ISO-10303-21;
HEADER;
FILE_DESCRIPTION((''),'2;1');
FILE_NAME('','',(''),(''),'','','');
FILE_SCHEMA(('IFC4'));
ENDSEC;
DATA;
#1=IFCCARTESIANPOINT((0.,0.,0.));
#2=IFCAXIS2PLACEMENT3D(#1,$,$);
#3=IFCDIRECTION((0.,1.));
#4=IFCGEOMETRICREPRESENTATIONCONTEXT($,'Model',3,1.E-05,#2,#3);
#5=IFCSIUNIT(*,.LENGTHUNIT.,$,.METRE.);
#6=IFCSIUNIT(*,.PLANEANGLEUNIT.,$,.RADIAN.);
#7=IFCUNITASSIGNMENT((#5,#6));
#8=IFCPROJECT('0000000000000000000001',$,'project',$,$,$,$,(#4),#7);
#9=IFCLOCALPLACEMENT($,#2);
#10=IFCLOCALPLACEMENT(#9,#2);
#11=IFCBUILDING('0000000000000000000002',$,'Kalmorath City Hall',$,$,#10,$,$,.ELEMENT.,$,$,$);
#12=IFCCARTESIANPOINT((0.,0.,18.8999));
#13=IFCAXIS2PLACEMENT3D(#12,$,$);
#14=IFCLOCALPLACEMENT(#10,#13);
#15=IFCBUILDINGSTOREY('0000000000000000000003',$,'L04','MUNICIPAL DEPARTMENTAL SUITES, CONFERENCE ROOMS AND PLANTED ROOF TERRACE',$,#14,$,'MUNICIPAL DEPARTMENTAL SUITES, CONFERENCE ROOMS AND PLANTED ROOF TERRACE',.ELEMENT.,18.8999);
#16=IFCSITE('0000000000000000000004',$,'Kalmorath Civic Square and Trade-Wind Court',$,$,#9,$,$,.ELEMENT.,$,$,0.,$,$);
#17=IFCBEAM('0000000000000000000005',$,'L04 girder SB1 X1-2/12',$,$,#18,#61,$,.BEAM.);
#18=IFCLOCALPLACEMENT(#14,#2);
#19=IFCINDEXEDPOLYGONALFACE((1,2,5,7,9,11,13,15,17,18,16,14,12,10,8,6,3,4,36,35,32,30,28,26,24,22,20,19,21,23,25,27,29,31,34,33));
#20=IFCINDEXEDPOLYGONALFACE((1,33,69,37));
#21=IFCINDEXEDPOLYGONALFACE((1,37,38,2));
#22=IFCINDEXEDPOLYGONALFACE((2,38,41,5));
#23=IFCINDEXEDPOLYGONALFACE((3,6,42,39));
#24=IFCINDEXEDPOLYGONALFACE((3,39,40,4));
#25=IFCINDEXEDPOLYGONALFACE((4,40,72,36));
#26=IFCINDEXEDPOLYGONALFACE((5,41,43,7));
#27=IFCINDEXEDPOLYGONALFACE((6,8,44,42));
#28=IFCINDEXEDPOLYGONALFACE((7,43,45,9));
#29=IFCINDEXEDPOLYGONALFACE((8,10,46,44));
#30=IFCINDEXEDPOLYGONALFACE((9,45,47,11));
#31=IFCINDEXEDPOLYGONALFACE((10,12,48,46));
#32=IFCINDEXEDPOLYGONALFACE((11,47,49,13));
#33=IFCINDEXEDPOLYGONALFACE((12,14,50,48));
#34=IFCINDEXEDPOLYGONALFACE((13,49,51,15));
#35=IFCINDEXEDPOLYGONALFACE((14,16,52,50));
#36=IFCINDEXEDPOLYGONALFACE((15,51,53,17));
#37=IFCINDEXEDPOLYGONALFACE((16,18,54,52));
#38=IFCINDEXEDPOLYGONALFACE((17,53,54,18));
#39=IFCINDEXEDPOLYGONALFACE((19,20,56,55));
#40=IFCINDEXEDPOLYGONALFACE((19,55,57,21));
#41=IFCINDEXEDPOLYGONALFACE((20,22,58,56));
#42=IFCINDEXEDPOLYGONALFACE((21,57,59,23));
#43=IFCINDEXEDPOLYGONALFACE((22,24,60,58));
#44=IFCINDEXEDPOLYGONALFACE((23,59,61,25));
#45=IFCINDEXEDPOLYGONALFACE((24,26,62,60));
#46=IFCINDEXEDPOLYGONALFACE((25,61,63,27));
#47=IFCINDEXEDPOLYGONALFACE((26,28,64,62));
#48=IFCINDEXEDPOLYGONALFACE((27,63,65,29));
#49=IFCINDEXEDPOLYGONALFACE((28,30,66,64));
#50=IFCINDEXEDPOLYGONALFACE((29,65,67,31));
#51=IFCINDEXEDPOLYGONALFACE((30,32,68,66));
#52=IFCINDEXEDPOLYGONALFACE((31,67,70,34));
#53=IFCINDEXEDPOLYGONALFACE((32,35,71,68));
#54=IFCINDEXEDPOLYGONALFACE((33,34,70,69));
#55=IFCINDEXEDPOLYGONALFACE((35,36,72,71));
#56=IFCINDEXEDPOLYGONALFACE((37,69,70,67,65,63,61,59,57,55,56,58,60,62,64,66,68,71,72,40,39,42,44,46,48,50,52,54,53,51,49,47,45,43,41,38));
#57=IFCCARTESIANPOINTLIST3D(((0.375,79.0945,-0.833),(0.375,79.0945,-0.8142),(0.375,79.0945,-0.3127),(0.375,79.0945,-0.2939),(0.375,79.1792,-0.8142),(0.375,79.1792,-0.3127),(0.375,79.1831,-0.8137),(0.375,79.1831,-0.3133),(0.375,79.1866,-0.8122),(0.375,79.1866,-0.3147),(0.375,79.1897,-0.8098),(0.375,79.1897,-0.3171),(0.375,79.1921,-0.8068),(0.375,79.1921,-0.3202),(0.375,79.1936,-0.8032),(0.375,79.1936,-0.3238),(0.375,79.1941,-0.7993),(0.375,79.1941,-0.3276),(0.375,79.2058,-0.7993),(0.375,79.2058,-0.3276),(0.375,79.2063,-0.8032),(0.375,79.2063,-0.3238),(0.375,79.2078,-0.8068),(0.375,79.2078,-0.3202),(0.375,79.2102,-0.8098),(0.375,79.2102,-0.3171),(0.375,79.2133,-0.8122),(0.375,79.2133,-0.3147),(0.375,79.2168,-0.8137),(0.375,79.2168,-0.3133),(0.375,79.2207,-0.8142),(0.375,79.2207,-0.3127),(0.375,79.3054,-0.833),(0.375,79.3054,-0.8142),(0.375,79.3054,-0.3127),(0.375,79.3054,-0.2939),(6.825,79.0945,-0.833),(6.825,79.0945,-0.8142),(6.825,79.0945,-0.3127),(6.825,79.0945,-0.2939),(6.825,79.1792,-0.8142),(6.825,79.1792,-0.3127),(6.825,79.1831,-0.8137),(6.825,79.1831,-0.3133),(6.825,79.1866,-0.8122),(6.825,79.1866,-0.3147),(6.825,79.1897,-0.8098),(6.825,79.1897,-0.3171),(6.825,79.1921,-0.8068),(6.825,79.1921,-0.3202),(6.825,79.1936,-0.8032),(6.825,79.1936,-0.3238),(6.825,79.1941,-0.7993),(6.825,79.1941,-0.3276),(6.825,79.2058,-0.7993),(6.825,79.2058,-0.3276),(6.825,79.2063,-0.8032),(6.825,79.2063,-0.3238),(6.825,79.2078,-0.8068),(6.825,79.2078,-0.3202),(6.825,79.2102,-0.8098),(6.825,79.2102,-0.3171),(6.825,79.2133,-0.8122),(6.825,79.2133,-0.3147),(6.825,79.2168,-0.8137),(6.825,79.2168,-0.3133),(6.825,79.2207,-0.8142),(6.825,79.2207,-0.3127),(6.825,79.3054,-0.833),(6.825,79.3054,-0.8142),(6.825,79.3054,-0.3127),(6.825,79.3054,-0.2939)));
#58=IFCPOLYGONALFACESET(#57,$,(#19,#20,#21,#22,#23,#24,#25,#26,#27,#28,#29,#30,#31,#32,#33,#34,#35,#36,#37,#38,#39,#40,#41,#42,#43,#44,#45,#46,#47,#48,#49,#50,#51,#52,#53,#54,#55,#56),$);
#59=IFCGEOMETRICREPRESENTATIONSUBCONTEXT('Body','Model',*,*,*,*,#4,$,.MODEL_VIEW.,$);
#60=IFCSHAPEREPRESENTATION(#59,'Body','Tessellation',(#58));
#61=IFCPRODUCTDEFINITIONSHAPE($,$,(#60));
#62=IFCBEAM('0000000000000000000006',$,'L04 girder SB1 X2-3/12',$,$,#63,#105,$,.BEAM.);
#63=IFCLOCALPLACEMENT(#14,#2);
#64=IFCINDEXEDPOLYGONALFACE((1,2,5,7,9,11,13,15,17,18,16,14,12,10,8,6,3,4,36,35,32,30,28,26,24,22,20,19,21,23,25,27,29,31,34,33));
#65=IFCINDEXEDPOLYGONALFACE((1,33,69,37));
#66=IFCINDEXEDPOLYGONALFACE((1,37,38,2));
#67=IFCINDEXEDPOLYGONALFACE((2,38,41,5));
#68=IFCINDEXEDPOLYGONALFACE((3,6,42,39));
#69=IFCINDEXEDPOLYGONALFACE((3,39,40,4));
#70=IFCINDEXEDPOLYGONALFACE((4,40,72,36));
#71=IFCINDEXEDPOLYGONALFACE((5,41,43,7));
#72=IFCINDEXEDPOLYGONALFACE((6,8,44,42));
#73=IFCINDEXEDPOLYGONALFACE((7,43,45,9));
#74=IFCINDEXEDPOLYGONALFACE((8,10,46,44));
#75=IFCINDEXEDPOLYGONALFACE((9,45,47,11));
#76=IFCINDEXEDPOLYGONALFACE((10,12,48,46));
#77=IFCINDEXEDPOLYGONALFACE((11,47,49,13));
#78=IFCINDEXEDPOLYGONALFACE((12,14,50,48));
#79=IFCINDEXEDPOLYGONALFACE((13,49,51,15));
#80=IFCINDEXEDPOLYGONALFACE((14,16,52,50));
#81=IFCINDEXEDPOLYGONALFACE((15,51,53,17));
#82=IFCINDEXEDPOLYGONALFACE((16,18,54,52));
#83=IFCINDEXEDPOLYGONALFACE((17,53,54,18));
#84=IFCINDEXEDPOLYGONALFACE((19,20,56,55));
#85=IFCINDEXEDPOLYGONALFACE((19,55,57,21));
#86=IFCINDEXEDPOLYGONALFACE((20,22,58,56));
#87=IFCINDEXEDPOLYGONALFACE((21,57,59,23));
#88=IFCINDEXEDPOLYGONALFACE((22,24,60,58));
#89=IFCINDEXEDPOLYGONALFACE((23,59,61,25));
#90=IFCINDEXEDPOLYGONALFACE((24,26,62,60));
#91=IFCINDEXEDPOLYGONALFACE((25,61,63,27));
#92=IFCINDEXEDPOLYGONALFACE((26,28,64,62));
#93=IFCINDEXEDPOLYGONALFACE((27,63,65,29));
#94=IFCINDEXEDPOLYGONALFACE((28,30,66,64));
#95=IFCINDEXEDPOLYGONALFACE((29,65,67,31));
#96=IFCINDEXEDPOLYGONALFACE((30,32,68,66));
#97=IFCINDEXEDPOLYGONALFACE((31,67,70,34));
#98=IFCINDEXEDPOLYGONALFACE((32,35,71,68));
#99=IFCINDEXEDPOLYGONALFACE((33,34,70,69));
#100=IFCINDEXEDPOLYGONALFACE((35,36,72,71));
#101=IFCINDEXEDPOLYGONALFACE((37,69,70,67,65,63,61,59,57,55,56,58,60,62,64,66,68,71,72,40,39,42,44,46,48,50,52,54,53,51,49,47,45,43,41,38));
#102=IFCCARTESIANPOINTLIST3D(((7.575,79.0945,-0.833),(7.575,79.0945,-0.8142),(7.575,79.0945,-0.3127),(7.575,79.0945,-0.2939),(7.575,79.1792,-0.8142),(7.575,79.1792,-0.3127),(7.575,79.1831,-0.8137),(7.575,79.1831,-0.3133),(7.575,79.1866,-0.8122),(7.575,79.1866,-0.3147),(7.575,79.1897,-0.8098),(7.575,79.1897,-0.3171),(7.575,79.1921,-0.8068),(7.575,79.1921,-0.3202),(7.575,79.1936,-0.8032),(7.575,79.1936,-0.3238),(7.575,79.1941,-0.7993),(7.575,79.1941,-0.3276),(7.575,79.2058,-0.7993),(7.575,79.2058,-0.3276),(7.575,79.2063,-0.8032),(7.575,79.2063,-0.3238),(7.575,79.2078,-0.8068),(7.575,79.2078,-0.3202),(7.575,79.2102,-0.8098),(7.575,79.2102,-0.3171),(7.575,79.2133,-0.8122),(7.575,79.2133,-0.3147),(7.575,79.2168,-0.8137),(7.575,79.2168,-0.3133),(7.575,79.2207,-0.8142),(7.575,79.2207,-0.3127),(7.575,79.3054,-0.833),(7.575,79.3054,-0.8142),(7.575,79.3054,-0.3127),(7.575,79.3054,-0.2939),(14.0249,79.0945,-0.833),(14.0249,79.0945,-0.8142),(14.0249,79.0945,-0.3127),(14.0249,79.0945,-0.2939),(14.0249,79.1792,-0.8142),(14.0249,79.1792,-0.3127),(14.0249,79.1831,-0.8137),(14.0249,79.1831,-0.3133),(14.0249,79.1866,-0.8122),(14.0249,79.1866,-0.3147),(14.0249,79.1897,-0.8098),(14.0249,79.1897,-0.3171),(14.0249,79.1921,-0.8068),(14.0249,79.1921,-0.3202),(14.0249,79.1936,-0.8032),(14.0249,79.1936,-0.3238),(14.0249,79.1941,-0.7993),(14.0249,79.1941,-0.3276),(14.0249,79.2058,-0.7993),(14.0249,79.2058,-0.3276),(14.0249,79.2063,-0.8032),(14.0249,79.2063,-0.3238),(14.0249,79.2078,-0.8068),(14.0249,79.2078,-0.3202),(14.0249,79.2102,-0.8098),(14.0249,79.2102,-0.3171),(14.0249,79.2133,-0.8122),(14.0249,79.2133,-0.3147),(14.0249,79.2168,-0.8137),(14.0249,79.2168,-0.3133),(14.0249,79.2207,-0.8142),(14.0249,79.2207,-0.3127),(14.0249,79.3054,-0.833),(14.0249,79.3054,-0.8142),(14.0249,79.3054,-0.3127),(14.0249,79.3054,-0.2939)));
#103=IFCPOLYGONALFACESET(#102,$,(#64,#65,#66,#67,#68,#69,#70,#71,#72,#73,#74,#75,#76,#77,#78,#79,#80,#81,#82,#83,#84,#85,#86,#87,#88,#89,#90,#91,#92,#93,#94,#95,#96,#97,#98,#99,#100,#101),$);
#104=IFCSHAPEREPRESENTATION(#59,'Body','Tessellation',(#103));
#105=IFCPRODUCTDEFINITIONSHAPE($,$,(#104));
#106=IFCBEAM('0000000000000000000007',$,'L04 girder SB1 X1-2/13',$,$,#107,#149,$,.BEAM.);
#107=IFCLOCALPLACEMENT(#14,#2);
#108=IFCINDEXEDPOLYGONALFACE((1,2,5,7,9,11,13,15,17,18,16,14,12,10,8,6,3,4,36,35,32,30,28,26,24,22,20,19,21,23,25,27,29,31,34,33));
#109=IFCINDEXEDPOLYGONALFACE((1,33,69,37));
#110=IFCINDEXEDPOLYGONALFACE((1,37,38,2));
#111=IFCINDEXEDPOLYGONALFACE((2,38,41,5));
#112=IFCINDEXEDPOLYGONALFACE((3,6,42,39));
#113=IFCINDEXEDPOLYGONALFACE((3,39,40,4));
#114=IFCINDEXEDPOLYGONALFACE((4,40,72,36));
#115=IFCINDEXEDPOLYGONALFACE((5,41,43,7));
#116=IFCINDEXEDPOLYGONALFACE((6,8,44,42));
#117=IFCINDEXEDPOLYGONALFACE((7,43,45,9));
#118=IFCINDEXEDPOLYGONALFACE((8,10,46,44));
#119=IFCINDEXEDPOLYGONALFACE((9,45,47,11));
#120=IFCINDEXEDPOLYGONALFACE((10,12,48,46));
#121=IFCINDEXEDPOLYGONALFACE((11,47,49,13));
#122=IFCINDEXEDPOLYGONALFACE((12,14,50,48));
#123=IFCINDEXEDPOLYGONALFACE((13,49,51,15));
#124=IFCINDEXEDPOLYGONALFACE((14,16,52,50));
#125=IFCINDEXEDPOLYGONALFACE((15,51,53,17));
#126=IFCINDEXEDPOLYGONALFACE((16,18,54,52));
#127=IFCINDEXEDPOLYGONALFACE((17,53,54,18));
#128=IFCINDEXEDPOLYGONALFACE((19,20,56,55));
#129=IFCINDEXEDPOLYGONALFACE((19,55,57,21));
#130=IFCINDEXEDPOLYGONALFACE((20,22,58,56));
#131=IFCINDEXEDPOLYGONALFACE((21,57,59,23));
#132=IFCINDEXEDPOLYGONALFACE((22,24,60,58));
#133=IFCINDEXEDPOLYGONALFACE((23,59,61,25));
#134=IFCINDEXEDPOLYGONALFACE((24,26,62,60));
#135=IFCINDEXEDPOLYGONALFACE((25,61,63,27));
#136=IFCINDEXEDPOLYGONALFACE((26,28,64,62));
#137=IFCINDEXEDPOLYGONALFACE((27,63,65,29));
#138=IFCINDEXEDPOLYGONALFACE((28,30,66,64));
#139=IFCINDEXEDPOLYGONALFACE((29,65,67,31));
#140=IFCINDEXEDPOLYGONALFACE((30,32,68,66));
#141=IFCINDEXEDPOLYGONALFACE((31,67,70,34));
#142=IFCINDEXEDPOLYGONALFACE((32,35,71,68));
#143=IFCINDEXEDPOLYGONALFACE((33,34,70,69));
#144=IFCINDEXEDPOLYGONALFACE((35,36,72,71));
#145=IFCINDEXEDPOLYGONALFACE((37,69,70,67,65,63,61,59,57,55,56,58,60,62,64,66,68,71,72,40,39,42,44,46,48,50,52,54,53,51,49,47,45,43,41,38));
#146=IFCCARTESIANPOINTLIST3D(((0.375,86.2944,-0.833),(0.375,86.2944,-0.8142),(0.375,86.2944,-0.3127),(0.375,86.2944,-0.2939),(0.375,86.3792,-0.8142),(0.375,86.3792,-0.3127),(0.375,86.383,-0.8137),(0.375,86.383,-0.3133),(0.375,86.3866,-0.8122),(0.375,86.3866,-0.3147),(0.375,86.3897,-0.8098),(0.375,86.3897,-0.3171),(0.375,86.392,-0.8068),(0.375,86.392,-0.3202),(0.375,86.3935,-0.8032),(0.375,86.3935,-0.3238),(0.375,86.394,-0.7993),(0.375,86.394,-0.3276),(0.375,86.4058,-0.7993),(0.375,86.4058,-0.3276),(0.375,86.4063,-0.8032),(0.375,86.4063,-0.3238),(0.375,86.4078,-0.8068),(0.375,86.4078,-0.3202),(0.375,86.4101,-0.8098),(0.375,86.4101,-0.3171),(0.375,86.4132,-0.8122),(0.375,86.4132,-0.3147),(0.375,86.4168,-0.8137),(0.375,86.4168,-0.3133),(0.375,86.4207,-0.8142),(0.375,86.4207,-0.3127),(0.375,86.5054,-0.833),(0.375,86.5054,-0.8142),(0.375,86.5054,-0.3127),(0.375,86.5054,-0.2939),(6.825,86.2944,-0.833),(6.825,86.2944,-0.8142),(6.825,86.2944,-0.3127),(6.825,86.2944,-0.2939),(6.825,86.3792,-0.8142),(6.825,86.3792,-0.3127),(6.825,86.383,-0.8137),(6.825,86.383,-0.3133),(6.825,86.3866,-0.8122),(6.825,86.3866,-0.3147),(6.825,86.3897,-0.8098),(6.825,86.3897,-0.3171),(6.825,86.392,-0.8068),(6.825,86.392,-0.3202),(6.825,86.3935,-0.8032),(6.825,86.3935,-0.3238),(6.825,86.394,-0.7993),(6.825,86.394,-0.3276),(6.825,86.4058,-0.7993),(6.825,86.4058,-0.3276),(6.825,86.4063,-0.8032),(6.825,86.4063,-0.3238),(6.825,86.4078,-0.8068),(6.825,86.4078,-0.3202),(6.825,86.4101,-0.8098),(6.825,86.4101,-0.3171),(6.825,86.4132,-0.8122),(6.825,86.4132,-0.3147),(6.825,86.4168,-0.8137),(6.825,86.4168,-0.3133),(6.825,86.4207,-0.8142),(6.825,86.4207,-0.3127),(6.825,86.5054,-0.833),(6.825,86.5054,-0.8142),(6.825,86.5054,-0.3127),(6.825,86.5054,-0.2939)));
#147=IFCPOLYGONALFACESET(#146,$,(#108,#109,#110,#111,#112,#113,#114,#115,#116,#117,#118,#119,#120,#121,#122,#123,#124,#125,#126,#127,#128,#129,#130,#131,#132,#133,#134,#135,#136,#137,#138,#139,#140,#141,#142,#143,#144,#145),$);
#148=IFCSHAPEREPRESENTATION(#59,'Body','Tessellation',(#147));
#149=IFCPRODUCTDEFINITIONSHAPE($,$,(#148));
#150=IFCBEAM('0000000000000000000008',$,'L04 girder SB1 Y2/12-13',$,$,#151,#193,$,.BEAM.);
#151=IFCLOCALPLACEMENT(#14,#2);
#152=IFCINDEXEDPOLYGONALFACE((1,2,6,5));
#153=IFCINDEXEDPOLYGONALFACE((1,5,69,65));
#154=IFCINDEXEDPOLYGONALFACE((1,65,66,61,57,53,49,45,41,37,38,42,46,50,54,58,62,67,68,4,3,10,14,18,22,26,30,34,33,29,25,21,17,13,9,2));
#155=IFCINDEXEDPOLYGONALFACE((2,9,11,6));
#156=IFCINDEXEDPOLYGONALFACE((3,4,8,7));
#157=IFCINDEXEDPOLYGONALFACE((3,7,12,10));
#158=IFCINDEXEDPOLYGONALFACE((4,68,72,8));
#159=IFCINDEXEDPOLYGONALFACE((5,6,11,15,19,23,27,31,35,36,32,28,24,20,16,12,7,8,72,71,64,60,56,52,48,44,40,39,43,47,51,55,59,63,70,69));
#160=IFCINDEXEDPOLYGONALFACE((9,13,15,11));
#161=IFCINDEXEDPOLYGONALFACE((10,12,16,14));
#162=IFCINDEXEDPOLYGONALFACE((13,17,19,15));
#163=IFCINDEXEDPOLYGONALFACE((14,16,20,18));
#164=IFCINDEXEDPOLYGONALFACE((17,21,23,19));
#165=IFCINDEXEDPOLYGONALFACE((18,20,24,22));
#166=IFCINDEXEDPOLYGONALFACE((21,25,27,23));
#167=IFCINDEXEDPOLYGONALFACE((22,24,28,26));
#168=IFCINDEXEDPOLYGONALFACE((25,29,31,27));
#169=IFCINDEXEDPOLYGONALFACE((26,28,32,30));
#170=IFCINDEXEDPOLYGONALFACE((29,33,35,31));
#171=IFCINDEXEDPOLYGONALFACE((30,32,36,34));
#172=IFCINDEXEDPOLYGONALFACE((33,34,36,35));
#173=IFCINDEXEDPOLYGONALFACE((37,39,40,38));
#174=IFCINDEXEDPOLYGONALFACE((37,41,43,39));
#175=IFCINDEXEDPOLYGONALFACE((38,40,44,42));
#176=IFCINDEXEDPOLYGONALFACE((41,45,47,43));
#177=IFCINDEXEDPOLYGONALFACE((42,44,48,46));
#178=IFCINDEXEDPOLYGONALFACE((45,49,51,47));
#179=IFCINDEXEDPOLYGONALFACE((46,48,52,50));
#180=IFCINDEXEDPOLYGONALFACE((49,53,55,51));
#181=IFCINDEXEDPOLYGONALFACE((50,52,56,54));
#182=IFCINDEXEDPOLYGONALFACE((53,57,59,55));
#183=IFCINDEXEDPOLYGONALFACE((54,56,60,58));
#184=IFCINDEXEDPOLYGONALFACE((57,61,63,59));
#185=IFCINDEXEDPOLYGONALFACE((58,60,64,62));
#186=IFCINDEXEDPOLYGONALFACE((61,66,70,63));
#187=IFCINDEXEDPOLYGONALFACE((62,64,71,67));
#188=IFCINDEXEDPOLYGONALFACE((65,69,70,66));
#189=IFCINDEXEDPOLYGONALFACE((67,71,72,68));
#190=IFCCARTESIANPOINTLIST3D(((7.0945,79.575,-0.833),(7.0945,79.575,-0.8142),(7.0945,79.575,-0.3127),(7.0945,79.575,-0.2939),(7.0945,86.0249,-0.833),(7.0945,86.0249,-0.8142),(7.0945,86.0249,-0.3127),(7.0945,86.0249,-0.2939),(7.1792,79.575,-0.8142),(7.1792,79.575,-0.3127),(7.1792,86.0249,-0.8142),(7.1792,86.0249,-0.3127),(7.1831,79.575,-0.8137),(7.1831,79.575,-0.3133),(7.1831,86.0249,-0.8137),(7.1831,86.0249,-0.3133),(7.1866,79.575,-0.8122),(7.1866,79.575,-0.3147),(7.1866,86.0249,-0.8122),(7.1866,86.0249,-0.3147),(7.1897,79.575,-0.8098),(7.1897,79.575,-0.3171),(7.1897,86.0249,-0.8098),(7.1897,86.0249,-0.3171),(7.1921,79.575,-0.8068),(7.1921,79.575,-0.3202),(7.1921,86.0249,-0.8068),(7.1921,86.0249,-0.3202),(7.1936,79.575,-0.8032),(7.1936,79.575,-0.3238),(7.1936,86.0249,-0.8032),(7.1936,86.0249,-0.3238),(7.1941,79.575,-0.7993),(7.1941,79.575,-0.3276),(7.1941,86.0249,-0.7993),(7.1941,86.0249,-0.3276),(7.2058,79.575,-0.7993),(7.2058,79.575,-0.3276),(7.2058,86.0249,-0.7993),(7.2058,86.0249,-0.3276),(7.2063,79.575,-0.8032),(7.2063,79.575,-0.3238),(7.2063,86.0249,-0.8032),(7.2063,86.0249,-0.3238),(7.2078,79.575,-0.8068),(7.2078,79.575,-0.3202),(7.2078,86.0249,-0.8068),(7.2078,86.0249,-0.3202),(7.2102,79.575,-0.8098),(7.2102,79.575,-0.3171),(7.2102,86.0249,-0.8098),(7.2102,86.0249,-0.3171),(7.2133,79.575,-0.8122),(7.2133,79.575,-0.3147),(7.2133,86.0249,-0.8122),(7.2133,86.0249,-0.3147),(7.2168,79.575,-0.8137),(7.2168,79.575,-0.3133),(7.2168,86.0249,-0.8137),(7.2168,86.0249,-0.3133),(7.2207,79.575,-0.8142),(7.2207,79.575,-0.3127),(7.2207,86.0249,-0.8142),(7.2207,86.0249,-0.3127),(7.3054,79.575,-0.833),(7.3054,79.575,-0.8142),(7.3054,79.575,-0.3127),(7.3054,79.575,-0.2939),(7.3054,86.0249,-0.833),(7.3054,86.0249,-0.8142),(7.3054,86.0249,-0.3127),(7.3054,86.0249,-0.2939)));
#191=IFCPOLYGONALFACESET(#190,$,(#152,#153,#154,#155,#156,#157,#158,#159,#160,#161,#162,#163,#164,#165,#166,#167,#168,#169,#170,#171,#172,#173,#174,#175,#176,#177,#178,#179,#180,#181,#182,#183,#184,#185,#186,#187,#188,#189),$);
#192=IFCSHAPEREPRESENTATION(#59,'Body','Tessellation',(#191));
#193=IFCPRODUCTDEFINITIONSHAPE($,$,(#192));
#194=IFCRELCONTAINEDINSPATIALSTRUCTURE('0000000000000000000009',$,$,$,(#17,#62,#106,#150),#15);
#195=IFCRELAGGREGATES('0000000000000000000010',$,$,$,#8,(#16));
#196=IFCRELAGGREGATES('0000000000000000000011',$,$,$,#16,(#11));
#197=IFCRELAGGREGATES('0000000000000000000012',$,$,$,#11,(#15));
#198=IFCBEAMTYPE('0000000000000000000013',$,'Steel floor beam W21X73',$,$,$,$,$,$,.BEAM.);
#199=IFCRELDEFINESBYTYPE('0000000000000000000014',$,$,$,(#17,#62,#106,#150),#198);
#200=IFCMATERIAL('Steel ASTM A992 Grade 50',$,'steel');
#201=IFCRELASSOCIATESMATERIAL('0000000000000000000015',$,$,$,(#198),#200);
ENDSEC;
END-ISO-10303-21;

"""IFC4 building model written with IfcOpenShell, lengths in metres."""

from ifc_helpers import new_model, si_unit, direction, frame, origin, origin_2d, place, context, subcontext, project, spatial, i_section, extrude, material, material_profile, profile_set, type_object, element, save


model = new_model("IFC4")

# Units and contexts
model_context = context("Model", 3, precision=1e-05, world=origin(), true_north=direction((0.0, 1.0)))
body_context = subcontext(model_context, "Body", "Model", "MODEL_VIEW")
ifc_project = project(units=[si_unit("LENGTHUNIT", "METRE"), si_unit("PLANEANGLEUNIT", "RADIAN")], contexts=[model_context])

# Site, building, storey
site_placement = place(None, origin())
site = spatial("IfcSite", under=ifc_project, at=site_placement, Name="Kalmorath Civic Square and Trade-Wind Court", CompositionType="ELEMENT", RefElevation=0.0)
building_placement = place(site_placement, origin())
building = spatial("IfcBuilding", under=site, at=building_placement, Name="Kalmorath City Hall", CompositionType="ELEMENT")
storey_placement = place(building_placement, frame((0.0, 0.0, 18.8999)))
storey = spatial("IfcBuildingStorey", under=building, at=storey_placement, Name="L04", Description="MUNICIPAL DEPARTMENTAL SUITES, CONFERENCE ROOMS AND PLANTED ROOF TERRACE", LongName="MUNICIPAL DEPARTMENTAL SUITES, CONFERENCE ROOMS AND PLANTED ROOF TERRACE", CompositionType="ELEMENT", Elevation=18.8999)

# Beams
ifc_material_1 = material(Name="Steel ASTM A992 Grade 50", Category="steel")
ifc_material_profile_1 = material_profile(ifc_material_1, i_section(OverallWidth=0.2109, OverallDepth=0.5391, WebThickness=0.0117, FlangeThickness=0.0188, FilletRadius=0.0149, at=origin_2d()), Name="W21X73")
ifc_profile_set_1 = profile_set([ifc_material_profile_1], Name="Steel ASTM A992 Grade 50")
beam_type_1 = type_object("IfcBeamType", Name="Steel floor beam W21X73", PredefinedType="BEAM", material=ifc_profile_set_1)
for number, where, z_axis, x_axis, name in (
    (1, (0.375, 79.2, -0.5635), (1.0, 0.0, 0.0), (0.0, 1.0, 0.0), "L04 girder SB1 X1-2/12"),
    (2, (7.575, 79.2, -0.5635), (1.0, 0.0, 0.0), (0.0, 1.0, 0.0), "L04 girder SB1 X2-3/12"),
    (3, (0.375, 86.3999, -0.5635), (1.0, 0.0, 0.0), (0.0, 1.0, 0.0), "L04 girder SB1 X1-2/13"),
    (4, (7.2, 79.575, -0.5635), (0.0, 1.0, 0.0), (-1.0, 0.0, 0.0), "L04 girder SB1 Y2/12-13"),
):
    element("IfcBeam", number, at=place(storey_placement, frame(where, z_axis=z_axis, x_axis=x_axis)), inside=storey, type_object=beam_type_1, Name=name, PredefinedType="BEAM", context=body_context, shape_type="SweptSolid", body=[
        extrude(i_section(OverallWidth=0.2109, OverallDepth=0.5391, WebThickness=0.0117, FlangeThickness=0.0188, FilletRadius=0.0149, at=origin_2d()), origin(), (0.0, 0.0, 1.0), 6.45),
    ])

save(model, "model.ifc")
